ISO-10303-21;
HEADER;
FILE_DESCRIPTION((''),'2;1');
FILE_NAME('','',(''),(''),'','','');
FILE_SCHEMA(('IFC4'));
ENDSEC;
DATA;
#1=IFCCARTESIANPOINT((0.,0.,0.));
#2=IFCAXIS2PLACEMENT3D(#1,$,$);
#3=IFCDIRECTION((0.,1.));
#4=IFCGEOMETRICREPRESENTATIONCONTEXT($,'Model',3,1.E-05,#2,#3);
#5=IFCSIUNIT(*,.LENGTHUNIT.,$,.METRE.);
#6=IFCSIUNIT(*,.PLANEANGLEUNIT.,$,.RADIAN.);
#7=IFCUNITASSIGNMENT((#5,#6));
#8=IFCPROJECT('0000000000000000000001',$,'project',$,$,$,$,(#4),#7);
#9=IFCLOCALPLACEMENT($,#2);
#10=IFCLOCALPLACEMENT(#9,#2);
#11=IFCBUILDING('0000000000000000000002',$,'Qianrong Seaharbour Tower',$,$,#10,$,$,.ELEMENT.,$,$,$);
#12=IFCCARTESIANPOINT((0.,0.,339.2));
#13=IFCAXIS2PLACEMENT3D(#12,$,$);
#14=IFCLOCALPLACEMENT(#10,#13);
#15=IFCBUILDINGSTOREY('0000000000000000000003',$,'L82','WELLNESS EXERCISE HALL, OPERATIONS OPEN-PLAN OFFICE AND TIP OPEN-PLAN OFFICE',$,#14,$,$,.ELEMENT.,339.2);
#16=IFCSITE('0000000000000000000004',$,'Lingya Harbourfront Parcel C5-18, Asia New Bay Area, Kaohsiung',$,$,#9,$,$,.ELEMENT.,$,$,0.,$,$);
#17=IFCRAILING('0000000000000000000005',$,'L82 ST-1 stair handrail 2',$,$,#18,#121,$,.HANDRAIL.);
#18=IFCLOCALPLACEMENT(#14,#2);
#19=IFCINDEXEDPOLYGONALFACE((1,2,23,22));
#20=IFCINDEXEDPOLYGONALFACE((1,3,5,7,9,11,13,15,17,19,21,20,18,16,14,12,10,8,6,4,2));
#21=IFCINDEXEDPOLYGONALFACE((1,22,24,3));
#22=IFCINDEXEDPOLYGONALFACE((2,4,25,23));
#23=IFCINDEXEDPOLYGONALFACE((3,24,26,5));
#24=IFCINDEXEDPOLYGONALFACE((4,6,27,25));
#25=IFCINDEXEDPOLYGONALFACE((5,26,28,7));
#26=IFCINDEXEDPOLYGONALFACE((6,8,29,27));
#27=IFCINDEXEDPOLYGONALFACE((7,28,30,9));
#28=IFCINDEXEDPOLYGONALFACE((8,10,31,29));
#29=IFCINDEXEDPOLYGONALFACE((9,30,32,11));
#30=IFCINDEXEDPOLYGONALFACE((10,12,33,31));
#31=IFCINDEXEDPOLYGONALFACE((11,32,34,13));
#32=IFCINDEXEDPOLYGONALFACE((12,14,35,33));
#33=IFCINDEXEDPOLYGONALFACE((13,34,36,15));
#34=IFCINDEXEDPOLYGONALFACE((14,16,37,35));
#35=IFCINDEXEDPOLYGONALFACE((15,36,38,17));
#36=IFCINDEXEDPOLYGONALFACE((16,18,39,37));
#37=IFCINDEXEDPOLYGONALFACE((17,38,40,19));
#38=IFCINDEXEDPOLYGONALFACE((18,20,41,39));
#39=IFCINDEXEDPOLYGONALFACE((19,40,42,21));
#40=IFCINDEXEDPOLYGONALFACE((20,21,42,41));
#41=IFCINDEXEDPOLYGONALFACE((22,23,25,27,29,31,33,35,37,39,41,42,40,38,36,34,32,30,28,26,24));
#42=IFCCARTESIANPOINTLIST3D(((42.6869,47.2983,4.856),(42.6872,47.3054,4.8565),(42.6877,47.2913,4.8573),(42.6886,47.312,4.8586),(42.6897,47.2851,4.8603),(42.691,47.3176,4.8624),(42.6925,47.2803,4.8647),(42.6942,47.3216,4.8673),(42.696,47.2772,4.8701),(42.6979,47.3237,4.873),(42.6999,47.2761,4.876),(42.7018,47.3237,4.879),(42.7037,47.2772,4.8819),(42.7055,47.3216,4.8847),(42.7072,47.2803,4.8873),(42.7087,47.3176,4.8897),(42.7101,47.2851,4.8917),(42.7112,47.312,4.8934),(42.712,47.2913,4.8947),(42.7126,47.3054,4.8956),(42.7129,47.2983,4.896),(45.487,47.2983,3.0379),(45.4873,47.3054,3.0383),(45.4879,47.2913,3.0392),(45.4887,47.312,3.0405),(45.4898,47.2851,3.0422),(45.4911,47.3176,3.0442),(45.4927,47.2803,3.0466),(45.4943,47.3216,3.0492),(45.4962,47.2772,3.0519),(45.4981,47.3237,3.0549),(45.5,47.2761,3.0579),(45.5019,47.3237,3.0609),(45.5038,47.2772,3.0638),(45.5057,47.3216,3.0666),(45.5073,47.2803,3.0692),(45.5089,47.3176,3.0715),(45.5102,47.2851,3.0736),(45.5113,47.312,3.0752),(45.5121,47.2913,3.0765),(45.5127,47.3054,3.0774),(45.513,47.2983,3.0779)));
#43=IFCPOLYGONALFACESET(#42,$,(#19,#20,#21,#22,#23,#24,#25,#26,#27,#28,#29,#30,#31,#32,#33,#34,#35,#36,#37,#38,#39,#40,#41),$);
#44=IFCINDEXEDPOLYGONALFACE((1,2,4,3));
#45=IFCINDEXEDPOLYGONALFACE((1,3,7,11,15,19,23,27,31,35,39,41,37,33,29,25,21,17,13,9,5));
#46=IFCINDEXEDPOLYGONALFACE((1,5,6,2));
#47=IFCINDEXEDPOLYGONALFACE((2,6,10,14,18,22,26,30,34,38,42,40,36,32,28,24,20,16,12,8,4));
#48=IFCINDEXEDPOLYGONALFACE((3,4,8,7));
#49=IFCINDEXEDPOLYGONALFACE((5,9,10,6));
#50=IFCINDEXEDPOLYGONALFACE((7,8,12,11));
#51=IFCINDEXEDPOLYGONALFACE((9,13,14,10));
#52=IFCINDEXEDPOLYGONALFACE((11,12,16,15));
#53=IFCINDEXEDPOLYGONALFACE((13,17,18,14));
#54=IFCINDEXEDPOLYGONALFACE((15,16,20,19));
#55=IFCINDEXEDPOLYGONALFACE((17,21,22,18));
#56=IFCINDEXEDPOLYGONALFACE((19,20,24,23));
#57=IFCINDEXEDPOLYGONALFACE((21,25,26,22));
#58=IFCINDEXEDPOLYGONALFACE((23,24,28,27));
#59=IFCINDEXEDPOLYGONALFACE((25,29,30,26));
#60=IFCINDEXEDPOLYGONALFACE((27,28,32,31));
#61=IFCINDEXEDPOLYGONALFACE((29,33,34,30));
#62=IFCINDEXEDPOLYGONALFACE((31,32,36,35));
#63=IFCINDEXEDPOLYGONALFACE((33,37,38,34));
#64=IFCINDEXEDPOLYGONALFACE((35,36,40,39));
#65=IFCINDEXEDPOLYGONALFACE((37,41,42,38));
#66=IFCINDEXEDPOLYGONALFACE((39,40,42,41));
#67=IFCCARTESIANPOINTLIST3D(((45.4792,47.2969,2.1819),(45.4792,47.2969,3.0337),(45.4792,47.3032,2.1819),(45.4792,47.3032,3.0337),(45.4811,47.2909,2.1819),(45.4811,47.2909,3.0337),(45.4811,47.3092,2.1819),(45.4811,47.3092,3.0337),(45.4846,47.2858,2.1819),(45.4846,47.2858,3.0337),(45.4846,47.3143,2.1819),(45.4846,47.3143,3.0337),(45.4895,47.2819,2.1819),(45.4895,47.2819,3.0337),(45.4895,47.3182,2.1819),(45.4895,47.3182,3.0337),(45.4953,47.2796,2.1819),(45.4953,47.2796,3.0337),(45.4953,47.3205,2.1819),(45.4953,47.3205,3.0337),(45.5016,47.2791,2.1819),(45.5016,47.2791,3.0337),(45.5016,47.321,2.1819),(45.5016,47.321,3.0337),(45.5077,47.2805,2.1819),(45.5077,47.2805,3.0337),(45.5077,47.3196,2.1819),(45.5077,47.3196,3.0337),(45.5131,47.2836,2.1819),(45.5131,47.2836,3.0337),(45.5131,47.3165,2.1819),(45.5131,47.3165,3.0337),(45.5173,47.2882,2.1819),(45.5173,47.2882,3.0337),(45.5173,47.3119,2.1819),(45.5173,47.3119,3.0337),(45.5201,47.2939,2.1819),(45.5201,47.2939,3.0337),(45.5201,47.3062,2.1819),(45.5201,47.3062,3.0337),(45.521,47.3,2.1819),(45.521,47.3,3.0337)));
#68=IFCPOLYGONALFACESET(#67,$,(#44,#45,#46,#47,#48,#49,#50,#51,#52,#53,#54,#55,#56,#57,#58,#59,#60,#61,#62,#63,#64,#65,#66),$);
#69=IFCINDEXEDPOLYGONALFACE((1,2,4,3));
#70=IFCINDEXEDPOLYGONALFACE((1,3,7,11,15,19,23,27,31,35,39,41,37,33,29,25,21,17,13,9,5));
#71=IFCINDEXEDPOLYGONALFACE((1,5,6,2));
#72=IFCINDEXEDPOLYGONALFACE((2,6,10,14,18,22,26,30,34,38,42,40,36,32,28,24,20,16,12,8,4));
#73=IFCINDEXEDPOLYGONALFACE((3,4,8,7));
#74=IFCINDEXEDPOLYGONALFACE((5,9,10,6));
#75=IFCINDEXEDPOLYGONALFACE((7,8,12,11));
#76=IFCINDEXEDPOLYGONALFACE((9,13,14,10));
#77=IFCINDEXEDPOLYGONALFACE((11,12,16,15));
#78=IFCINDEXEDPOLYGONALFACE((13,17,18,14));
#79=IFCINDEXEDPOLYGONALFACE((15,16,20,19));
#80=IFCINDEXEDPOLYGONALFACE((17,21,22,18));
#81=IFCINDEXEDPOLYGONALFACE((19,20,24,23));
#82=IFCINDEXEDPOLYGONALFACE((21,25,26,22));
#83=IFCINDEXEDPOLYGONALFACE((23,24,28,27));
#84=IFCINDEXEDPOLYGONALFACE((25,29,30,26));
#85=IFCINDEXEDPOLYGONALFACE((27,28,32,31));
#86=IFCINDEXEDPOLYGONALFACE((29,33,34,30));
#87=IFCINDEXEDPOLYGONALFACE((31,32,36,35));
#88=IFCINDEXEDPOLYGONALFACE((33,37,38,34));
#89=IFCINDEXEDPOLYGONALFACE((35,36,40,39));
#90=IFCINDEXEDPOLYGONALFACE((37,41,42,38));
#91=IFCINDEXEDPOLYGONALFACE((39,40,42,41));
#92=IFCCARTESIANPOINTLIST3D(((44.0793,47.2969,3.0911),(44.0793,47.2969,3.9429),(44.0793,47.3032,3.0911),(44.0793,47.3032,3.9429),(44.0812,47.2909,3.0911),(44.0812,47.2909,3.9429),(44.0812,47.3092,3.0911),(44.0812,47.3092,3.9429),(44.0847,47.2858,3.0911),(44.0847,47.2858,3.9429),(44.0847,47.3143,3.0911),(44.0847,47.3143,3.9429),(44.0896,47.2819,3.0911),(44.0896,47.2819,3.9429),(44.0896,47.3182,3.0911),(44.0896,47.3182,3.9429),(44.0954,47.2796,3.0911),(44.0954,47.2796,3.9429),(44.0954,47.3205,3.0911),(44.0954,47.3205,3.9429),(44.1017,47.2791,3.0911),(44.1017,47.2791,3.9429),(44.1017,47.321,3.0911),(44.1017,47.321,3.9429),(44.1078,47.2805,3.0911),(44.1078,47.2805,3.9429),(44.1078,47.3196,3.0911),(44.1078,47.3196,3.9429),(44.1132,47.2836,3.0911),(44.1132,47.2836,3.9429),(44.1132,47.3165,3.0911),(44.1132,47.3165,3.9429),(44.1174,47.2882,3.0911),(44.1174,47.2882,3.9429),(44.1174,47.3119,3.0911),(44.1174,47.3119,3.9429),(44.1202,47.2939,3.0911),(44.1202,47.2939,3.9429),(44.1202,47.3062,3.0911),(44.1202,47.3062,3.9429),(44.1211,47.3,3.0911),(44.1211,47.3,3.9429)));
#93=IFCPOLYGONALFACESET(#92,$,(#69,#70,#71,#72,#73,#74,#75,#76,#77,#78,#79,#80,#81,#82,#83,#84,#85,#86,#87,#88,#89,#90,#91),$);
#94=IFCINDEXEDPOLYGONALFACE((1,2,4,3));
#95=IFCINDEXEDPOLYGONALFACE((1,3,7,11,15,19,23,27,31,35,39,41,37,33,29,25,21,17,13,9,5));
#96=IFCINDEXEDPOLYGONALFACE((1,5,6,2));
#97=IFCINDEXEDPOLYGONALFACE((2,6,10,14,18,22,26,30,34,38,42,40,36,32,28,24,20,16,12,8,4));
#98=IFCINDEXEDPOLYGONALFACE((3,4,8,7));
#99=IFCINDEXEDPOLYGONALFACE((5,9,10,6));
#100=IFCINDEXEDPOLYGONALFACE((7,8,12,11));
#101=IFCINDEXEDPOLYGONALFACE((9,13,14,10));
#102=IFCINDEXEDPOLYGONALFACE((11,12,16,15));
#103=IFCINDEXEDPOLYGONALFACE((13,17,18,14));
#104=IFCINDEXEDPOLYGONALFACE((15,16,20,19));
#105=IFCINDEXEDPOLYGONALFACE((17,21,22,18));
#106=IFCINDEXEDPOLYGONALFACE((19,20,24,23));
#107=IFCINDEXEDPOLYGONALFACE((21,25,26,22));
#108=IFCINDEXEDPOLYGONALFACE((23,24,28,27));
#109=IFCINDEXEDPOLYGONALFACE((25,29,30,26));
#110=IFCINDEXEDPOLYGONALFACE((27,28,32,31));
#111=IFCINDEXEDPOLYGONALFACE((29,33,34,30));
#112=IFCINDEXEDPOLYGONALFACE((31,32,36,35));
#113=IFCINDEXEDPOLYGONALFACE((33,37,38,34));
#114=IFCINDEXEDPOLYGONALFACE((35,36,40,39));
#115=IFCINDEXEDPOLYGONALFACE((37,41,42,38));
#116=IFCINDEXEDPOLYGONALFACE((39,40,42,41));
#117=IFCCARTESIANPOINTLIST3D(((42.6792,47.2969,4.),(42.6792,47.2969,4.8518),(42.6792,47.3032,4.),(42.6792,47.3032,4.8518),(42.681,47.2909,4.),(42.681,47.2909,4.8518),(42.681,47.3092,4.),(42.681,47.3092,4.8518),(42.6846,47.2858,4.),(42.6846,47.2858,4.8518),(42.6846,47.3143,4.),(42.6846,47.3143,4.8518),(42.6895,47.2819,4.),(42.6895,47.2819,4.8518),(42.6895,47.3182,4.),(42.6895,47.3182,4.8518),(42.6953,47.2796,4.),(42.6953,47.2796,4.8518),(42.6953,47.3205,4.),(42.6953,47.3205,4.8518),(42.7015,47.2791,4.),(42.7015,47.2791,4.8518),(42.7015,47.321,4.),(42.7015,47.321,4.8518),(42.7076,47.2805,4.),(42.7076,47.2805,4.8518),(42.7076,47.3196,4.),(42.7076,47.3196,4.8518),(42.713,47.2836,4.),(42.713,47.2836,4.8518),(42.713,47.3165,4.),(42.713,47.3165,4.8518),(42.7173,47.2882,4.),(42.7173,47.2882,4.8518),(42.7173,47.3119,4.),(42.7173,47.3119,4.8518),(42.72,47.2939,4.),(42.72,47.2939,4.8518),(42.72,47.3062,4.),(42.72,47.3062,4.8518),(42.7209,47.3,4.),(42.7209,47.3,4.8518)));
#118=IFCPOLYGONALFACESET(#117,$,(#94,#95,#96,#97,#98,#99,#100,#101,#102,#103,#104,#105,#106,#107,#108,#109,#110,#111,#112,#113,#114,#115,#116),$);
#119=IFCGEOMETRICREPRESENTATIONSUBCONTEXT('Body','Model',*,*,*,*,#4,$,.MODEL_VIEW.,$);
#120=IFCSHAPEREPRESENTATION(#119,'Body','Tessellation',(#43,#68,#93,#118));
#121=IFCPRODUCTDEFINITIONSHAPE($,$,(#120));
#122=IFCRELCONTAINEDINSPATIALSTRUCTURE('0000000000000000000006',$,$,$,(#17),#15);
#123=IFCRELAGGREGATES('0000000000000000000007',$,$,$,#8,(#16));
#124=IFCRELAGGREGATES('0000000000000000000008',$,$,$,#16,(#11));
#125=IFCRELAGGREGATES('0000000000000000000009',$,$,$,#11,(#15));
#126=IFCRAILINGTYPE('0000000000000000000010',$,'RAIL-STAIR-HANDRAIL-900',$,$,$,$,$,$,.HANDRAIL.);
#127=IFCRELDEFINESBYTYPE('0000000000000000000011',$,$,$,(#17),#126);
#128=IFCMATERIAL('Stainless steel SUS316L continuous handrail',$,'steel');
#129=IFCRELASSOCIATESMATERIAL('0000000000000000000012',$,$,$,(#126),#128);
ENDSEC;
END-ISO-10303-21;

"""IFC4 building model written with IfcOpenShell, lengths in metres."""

from ifc_helpers import new_model, si_unit, direction, frame, origin, origin_2d, place, context, subcontext, project, spatial, circle, extrude, material, type_object, element, save


model = new_model("IFC4")

# Units and contexts
model_context = context("Model", 3, precision=1e-05, world=origin(), true_north=direction((0.0, 1.0)))
body_context = subcontext(model_context, "Body", "Model", "MODEL_VIEW")
ifc_project = project(units=[si_unit("LENGTHUNIT", "METRE"), si_unit("PLANEANGLEUNIT", "RADIAN")], contexts=[model_context])

# Site, building, storey
site_placement = place(None, origin())
site = spatial("IfcSite", under=ifc_project, at=site_placement, Name="Lingya Harbourfront Parcel C5-18, Asia New Bay Area, Kaohsiung", CompositionType="ELEMENT", RefElevation=0.0)
building_placement = place(site_placement, origin())
building = spatial("IfcBuilding", under=site, at=building_placement, Name="Qianrong Seaharbour Tower", CompositionType="ELEMENT")
storey_placement = place(building_placement, frame((0.0, 0.0, 339.2)))
storey = spatial("IfcBuildingStorey", under=building, at=storey_placement, Name="L82", Description="WELLNESS EXERCISE HALL, OPERATIONS OPEN-PLAN OFFICE AND TIP OPEN-PLAN OFFICE", CompositionType="ELEMENT", Elevation=339.2)

# Railing
ifc_material_1 = material(Name="Stainless steel SUS316L continuous handrail", Category="steel")
railing_type_1 = type_object("IfcRailingType", Name="RAIL-STAIR-HANDRAIL-900", PredefinedType="HANDRAIL", material=ifc_material_1)
railing_1_placement = place(storey_placement, frame((45.5, 47.3, 2.1819)))
element("IfcRailing", 1, at=railing_1_placement, inside=storey, type_object=railing_type_1, Name="L82 ST-1 stair handrail 2", PredefinedType="HANDRAIL", context=body_context, shape_type="SweptSolid", body=[
    extrude(circle(Radius=0.0239, at=origin_2d()), frame((0.0, 0.0, 0.876), z_axis=(-0.838706, 0.0, 0.544585), x_axis=(0.0, -1.0, 0.0)), (0.0, 0.0, 1.0), 3.3386),
    extrude(circle(Radius=0.021, at=origin_2d()), origin(), (0.0, 0.0, 1.0), 0.8518),
    extrude(circle(Radius=0.021, at=origin_2d()), frame((-1.3999, 0.0, 0.9092)), (0.0, 0.0, 1.0), 0.8518),
    extrude(circle(Radius=0.021, at=origin_2d()), frame((-2.8, 0.0, 1.8181)), (0.0, 0.0, 1.0), 0.8518),
])

save(model, "model.ifc")
